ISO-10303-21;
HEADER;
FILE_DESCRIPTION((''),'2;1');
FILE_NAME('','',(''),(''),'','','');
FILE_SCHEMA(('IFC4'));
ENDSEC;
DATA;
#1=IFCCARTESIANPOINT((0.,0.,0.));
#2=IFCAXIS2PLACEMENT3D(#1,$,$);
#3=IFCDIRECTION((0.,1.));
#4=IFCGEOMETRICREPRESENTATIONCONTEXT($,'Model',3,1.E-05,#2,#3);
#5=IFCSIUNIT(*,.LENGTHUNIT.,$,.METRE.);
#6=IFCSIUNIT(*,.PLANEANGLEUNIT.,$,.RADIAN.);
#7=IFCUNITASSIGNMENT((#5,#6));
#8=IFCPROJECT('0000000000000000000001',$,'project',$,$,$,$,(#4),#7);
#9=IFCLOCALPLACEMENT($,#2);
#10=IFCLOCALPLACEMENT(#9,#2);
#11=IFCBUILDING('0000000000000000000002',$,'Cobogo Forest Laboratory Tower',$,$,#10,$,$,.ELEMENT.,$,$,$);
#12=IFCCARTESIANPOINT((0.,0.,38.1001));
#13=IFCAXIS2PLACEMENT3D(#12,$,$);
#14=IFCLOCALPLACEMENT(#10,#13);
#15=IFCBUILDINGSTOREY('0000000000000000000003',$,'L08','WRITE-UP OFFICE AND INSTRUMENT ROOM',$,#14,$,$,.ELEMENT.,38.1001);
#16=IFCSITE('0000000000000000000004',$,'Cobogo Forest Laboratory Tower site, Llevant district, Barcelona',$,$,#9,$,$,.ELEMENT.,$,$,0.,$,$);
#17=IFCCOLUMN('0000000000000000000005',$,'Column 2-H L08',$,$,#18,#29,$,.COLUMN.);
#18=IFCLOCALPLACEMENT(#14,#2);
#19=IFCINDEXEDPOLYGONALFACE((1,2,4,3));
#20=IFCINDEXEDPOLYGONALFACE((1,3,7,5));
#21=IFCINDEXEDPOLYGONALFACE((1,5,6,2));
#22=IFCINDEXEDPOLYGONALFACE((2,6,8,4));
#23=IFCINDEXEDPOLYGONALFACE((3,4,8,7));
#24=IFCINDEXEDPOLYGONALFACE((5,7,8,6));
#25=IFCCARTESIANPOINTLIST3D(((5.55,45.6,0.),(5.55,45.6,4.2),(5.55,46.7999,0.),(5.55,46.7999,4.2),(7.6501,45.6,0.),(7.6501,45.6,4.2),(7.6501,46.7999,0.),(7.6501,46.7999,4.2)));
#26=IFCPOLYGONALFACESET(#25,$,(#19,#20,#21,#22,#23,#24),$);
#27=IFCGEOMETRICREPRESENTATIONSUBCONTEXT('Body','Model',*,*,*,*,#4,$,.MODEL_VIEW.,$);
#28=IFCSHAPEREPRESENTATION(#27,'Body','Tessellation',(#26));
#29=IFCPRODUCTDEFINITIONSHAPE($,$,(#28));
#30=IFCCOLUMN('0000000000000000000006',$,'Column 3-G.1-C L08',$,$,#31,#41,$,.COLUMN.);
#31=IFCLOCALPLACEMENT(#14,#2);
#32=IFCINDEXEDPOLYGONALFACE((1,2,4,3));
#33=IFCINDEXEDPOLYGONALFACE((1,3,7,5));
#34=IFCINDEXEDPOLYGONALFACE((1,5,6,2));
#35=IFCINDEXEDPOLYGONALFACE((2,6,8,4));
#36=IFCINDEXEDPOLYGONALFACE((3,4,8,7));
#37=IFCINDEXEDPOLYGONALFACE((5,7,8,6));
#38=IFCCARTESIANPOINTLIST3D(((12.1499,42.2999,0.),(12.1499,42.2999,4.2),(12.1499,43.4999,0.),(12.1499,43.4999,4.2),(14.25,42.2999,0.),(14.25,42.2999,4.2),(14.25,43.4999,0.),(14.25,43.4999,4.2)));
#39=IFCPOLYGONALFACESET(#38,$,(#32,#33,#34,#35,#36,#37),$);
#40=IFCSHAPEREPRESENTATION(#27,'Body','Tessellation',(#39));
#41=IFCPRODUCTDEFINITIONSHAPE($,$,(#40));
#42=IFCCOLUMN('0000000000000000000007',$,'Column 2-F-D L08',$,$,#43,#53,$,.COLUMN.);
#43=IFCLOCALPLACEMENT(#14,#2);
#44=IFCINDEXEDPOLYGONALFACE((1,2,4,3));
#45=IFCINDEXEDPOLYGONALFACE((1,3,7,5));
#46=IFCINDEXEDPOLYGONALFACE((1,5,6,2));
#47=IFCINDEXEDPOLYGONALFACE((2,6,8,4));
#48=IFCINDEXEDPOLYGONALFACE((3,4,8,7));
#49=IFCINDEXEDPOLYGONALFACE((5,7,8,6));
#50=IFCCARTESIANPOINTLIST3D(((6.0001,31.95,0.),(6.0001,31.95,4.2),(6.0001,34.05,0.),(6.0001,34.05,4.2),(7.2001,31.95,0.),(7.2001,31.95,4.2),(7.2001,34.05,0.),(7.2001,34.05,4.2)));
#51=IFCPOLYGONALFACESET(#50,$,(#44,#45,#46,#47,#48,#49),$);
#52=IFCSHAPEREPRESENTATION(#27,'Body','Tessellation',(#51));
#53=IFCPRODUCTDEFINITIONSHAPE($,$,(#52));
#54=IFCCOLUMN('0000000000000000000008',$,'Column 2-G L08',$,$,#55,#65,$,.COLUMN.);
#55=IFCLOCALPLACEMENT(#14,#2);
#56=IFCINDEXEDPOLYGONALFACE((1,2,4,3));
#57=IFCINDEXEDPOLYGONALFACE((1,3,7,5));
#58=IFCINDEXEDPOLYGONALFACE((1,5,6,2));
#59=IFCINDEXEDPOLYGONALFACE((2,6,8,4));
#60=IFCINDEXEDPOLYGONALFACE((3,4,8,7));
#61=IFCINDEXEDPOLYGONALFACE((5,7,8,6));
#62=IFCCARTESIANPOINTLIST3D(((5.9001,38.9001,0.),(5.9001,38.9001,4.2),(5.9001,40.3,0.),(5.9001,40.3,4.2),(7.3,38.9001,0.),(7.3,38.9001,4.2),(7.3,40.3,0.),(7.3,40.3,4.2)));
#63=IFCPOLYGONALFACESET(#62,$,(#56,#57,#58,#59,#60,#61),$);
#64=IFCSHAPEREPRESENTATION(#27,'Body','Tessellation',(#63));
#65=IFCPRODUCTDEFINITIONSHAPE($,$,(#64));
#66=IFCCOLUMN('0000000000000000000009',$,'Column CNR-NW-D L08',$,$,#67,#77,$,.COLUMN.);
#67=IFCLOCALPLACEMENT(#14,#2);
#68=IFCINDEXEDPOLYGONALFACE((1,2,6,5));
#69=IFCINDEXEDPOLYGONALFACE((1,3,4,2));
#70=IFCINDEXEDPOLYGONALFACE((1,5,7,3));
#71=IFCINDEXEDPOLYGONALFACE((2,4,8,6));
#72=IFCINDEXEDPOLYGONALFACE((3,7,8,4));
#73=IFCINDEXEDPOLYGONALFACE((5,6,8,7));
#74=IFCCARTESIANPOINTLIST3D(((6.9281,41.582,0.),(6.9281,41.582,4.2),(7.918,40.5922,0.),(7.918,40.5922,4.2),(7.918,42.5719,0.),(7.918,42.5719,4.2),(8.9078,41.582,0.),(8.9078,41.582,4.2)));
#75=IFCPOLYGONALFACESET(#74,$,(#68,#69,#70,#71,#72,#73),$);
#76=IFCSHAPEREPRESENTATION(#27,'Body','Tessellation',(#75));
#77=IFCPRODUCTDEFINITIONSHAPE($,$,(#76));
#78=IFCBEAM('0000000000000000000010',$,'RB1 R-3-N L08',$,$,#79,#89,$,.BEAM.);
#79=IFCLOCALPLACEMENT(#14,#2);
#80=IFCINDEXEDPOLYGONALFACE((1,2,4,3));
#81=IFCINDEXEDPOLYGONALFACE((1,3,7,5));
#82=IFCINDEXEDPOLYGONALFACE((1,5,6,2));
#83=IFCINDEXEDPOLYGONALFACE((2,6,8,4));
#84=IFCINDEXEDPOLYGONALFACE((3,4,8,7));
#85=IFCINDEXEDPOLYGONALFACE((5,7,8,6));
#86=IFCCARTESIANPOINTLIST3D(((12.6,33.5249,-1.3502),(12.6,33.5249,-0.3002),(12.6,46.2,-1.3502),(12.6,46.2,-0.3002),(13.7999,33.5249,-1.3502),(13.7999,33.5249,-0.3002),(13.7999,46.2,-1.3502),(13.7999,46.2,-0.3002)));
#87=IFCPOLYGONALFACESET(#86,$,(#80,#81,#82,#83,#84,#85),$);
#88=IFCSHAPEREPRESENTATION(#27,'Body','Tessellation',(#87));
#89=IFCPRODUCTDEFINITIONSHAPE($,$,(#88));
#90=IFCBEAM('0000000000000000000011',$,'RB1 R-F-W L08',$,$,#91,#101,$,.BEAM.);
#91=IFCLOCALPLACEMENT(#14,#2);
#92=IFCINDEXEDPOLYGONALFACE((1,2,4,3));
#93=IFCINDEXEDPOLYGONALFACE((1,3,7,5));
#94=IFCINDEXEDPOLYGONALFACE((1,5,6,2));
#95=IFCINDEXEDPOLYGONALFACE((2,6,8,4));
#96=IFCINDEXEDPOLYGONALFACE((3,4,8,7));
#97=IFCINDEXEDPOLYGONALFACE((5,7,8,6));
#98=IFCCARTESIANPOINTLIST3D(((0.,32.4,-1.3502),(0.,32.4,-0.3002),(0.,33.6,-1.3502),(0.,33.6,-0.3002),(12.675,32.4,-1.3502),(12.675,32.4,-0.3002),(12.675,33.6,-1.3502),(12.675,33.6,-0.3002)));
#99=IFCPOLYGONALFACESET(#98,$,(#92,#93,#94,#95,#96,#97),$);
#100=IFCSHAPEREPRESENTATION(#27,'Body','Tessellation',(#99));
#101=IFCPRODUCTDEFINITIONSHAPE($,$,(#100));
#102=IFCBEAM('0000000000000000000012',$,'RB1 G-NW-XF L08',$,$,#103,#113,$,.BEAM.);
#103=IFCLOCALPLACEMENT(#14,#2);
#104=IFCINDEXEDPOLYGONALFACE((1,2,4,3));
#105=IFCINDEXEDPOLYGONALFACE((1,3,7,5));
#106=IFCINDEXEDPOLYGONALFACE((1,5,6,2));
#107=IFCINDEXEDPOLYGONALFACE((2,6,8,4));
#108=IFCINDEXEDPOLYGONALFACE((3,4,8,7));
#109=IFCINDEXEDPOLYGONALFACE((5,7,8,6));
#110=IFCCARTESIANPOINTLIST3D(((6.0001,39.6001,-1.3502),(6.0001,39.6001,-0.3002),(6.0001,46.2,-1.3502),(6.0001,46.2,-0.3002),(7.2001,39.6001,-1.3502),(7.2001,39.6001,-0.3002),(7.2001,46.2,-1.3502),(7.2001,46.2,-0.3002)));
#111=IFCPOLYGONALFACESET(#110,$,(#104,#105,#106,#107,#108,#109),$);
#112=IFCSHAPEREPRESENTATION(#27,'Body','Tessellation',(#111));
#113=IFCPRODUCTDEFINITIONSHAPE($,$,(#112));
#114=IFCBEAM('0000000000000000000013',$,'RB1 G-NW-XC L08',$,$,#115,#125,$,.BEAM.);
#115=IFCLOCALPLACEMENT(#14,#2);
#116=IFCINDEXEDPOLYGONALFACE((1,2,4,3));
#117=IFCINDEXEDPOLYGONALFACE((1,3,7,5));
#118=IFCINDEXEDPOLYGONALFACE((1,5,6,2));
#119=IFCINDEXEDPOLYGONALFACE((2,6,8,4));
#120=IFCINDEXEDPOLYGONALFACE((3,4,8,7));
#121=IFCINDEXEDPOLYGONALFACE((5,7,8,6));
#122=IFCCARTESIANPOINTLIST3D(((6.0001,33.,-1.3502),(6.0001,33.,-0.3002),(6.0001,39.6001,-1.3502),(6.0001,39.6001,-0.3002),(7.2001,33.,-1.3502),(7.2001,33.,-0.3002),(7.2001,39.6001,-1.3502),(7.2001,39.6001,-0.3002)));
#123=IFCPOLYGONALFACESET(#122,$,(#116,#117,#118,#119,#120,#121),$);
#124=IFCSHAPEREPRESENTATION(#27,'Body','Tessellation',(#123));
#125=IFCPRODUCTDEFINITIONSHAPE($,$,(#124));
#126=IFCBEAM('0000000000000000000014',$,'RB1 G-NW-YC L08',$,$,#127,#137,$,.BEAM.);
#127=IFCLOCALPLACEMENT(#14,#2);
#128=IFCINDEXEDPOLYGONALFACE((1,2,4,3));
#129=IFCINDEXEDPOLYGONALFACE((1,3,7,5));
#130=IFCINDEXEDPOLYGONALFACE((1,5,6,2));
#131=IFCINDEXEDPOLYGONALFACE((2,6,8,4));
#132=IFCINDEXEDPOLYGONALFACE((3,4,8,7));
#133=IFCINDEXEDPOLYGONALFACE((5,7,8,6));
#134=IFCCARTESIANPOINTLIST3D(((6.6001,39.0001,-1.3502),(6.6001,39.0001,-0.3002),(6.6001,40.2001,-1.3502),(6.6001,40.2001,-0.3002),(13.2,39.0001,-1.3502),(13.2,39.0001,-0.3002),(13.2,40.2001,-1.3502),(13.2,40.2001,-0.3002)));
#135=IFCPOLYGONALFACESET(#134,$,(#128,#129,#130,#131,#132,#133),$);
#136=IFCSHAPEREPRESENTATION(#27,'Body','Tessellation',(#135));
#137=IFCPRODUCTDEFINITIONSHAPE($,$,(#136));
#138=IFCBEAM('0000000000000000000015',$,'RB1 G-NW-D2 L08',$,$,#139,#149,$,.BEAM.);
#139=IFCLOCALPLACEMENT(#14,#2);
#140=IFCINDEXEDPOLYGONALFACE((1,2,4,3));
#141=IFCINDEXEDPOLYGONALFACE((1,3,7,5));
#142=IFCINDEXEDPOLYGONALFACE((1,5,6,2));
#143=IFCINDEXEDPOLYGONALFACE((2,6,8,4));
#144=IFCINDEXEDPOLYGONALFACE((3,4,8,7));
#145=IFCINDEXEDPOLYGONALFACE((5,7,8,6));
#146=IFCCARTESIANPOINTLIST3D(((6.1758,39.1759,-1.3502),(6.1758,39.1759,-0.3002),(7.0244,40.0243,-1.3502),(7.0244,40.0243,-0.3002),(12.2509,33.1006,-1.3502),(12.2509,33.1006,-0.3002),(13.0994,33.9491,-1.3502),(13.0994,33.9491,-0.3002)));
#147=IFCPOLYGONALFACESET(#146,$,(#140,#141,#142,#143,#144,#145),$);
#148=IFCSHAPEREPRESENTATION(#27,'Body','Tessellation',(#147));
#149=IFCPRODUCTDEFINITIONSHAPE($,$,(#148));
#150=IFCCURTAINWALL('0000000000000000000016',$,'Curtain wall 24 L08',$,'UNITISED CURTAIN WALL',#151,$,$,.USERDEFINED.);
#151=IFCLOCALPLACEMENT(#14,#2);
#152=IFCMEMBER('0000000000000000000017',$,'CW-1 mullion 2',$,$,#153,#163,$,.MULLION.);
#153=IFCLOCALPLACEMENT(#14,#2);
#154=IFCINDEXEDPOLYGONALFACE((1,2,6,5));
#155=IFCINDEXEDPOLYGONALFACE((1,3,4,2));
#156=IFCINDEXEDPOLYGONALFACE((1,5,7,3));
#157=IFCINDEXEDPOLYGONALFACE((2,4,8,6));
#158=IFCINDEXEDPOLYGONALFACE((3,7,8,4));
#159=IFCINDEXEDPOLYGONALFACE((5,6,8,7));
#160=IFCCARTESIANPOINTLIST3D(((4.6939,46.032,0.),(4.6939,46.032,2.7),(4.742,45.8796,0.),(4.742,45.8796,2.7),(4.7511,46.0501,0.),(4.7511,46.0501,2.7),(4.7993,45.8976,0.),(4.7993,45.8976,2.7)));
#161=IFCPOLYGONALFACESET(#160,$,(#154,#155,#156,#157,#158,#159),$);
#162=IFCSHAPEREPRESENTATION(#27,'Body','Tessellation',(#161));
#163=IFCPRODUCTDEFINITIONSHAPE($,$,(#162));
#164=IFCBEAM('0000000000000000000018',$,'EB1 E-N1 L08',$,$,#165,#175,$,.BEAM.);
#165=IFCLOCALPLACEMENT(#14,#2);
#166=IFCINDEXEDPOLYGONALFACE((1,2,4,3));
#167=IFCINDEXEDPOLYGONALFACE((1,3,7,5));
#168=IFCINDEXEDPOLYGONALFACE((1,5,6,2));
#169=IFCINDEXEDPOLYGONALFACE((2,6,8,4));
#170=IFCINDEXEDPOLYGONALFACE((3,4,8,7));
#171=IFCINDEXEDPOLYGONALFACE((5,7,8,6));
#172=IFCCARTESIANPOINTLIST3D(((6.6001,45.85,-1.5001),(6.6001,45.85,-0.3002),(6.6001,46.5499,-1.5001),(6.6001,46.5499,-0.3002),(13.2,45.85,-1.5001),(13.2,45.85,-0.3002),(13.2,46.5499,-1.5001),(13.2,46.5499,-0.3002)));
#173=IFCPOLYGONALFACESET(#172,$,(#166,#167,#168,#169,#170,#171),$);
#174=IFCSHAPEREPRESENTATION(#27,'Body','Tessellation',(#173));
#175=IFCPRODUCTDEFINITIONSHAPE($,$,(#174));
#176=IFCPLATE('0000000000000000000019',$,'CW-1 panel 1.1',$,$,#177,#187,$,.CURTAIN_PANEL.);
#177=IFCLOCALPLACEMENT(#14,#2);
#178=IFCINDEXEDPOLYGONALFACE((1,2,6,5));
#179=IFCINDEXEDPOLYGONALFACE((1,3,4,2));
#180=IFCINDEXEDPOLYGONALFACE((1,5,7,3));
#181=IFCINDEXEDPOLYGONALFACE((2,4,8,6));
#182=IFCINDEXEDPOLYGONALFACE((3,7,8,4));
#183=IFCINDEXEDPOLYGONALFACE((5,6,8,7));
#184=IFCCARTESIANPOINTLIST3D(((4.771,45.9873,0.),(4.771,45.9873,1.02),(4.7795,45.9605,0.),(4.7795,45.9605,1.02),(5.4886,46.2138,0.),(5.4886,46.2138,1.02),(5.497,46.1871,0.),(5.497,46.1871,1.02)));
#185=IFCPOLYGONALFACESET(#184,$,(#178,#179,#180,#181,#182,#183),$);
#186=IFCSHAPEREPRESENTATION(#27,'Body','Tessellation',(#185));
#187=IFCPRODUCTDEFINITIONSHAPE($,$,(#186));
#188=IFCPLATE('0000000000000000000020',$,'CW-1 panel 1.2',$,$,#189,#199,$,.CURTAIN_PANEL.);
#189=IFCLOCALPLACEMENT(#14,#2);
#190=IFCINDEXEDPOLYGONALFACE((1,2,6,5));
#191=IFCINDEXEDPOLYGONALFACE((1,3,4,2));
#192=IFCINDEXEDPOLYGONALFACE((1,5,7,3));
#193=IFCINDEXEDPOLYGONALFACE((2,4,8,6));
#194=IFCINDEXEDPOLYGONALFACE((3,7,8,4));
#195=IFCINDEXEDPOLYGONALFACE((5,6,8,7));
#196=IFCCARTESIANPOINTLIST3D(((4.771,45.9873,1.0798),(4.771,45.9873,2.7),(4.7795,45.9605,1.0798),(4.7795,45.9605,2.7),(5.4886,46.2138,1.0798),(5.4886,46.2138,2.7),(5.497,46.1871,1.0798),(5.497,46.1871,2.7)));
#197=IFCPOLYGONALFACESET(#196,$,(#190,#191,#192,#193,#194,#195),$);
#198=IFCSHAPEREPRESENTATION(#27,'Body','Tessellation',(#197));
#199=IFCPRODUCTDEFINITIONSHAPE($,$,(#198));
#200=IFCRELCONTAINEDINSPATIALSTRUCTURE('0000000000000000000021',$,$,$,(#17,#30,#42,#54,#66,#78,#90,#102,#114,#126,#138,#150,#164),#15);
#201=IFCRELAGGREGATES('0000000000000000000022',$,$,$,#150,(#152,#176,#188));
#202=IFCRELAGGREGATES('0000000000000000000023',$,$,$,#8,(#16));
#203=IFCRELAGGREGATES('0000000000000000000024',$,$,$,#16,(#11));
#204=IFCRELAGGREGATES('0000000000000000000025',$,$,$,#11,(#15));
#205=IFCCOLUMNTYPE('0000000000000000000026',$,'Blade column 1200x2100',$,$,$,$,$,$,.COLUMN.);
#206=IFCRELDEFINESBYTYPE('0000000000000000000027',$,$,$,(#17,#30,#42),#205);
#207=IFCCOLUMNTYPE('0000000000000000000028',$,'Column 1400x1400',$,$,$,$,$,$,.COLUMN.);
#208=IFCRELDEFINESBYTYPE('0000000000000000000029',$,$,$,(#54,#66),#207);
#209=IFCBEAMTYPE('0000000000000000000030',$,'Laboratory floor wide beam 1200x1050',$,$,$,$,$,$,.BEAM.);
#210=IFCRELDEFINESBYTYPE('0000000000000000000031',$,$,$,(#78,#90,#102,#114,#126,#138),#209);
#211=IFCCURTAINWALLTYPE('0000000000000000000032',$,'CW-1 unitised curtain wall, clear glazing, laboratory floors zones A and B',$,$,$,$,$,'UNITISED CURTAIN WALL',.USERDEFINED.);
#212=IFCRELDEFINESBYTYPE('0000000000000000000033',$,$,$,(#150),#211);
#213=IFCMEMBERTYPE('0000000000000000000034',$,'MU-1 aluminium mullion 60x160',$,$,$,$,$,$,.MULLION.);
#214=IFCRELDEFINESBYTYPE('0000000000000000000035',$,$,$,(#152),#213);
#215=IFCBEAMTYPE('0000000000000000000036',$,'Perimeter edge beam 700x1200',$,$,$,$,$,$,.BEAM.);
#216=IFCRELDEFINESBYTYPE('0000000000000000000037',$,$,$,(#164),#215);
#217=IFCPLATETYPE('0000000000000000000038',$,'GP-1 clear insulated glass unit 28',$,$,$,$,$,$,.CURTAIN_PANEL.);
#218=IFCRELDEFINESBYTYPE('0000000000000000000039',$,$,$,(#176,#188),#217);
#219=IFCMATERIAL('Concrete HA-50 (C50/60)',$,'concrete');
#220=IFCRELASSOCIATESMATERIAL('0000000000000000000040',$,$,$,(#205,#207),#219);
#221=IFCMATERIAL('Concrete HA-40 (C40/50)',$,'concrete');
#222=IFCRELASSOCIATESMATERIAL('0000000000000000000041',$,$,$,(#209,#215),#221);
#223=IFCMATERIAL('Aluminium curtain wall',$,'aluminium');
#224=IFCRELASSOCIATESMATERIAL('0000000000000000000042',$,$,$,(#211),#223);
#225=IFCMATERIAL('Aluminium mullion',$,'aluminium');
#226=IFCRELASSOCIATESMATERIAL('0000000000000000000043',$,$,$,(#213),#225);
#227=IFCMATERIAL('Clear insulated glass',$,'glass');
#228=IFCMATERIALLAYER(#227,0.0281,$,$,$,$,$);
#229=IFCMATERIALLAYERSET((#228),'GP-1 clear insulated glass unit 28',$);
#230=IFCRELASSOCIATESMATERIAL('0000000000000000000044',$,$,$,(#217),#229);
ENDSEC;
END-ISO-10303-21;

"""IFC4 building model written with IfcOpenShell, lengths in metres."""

from ifc_helpers import new_model, si_unit, direction, frame, origin, origin_2d, place, context, subcontext, project, spatial, rectangle, extrude, material, layer, layer_set, material_profile, profile_set, type_object, element, aggregate, save


model = new_model("IFC4")

# Units and contexts
model_context = context("Model", 3, precision=1e-05, world=origin(), true_north=direction((0.0, 1.0)))
body_context = subcontext(model_context, "Body", "Model", "MODEL_VIEW")
ifc_project = project(units=[si_unit("LENGTHUNIT", "METRE"), si_unit("PLANEANGLEUNIT", "RADIAN")], contexts=[model_context])

# Site, building, storey
site_placement = place(None, origin())
site = spatial("IfcSite", under=ifc_project, at=site_placement, Name="Cobogo Forest Laboratory Tower site, Llevant district, Barcelona", CompositionType="ELEMENT", RefElevation=0.0)
building_placement = place(site_placement, origin())
building = spatial("IfcBuilding", under=site, at=building_placement, Name="Cobogo Forest Laboratory Tower", CompositionType="ELEMENT")
storey_placement = place(building_placement, frame((0.0, 0.0, 38.1001)))
storey = spatial("IfcBuildingStorey", under=building, at=storey_placement, Name="L08", Description="WRITE-UP OFFICE AND INSTRUMENT ROOM", CompositionType="ELEMENT", Elevation=38.1001)

# Columns
ifc_material_1 = material(Name="Concrete HA-50 (C50/60)", Category="concrete")
ifc_material_profile_1 = material_profile(ifc_material_1, rectangle(XDim=2.1001, YDim=1.2, at=origin_2d()), Name="RC 1200x2100")
ifc_profile_set_1 = profile_set([ifc_material_profile_1], Name="Concrete HA-50 (C50/60)")
column_type_1 = type_object("IfcColumnType", Name="Blade column 1200x2100", PredefinedType="COLUMN", material=ifc_profile_set_1)
for number, where, z_axis, x_axis, name in (
    (1, (6.6001, 46.2, 0.0), (0.0, 0.0, 1.0), (1.0, 0.0, 0.0), "Column 2-H L08"),
    (2, (13.2, 42.8999, 0.0), (0.0, 0.0, 1.0), (1.0, 0.0, 0.0), "Column 3-G.1-C L08"),
    (3, (6.6001, 33.0, 0.0), (0.0, 0.0, 1.0), (0.0, 1.0, 0.0), "Column 2-F-D L08"),
):
    element("IfcColumn", number, at=place(storey_placement, frame(where, z_axis=z_axis, x_axis=x_axis)), inside=storey, type_object=column_type_1, Name=name, PredefinedType="COLUMN", context=body_context, shape_type="SweptSolid", body=[
        extrude(rectangle(XDim=2.1001, YDim=1.2, at=origin_2d()), origin(), (0.0, 0.0, 1.0), 4.2),
    ])
ifc_material_profile_2 = material_profile(ifc_material_1, rectangle(XDim=1.3999, YDim=1.3999, at=origin_2d()), Name="RC 1400x1400")
ifc_profile_set_2 = profile_set([ifc_material_profile_2], Name="Concrete HA-50 (C50/60)")
column_type_2 = type_object("IfcColumnType", Name="Column 1400x1400", PredefinedType="COLUMN", material=ifc_profile_set_2)
for number, where, z_axis, x_axis, name in (
    (4, (6.6001, 39.6001, 0.0), (0.0, 0.0, 1.0), (1.0, 0.0, 0.0), "Column 2-G L08"),
    (5, (7.918, 41.582, 0.0), (0.0, 0.0, 1.0), (0.707107, 0.707107, 0.0), "Column CNR-NW-D L08"),
):
    element("IfcColumn", number, at=place(storey_placement, frame(where, z_axis=z_axis, x_axis=x_axis)), inside=storey, type_object=column_type_2, Name=name, PredefinedType="COLUMN", context=body_context, shape_type="SweptSolid", body=[
        extrude(rectangle(XDim=1.3999, YDim=1.3999, at=origin_2d()), origin(), (0.0, 0.0, 1.0), 4.2),
    ])

# Beams
ifc_material_2 = material(Name="Concrete HA-40 (C40/50)", Category="concrete")
ifc_material_profile_3 = material_profile(ifc_material_2, rectangle(XDim=1.2, YDim=1.05, at=origin_2d()), Name="RC 1200x1050")
ifc_profile_set_3 = profile_set([ifc_material_profile_3], Name="Concrete HA-40 (C40/50)")
beam_type_1 = type_object("IfcBeamType", Name="Laboratory floor wide beam 1200x1050", PredefinedType="BEAM", material=ifc_profile_set_3)
for number, where, z_axis, x_axis, name in (
    (6, (13.2, 33.5249, -0.8252), (0.0, 1.0, 0.0), (-1.0, 0.0, 0.0), "RB1 R-3-N L08"),
    (7, (12.675, 33.0, -0.8252), (-1.0, 0.0, 0.0), (0.0, -1.0, 0.0), "RB1 R-F-W L08"),
):
    element("IfcBeam", number, at=place(storey_placement, frame(where, z_axis=z_axis, x_axis=x_axis)), inside=storey, type_object=beam_type_1, Name=name, PredefinedType="BEAM", context=body_context, shape_type="SweptSolid", body=[
        extrude(rectangle(XDim=1.2, YDim=1.05, at=origin_2d()), origin(), (0.0, 0.0, 1.0), 12.675),
    ])
beam_1_placement = place(storey_placement, frame((6.6001, 46.2, -0.8252), z_axis=(0.0, -1.0, 0.0), x_axis=(1.0, 0.0, 0.0)))
element("IfcBeam", 8, at=beam_1_placement, inside=storey, type_object=beam_type_1, Name="RB1 G-NW-XF L08", PredefinedType="BEAM", context=body_context, shape_type="SweptSolid", body=[
    extrude(rectangle(XDim=1.2, YDim=1.05, at=origin_2d()), origin(), (0.0, 0.0, 1.0), 6.5999),
])
beam_2_placement = place(storey_placement, frame((6.6001, 39.6001, -0.8252), z_axis=(0.0, -1.0, 0.0), x_axis=(1.0, 0.0, 0.0)))
element("IfcBeam", 9, at=beam_2_placement, inside=storey, type_object=beam_type_1, Name="RB1 G-NW-XC L08", PredefinedType="BEAM", context=body_context, shape_type="SweptSolid", body=[
    extrude(rectangle(XDim=1.2, YDim=1.05, at=origin_2d()), origin(), (0.0, 0.0, 1.0), 6.6001),
])
beam_3_placement = place(storey_placement, frame((6.6001, 39.6001, -0.8252), z_axis=(1.0, 0.0, 0.0), x_axis=(0.0, 1.0, 0.0)))
element("IfcBeam", 10, at=beam_3_placement, inside=storey, type_object=beam_type_1, Name="RB1 G-NW-YC L08", PredefinedType="BEAM", context=body_context, shape_type="SweptSolid", body=[
    extrude(rectangle(XDim=1.2, YDim=1.05, at=origin_2d()), origin(), (0.0, 0.0, 1.0), 6.5999),
])
beam_4_placement = place(storey_placement, frame((6.6001, 39.6001, -0.8252), z_axis=(0.707093, -0.707121, 0.0), x_axis=(0.707121, 0.707093, 0.0)))
element("IfcBeam", 11, at=beam_4_placement, inside=storey, type_object=beam_type_1, Name="RB1 G-NW-D2 L08", PredefinedType="BEAM", context=body_context, shape_type="SweptSolid", body=[
    extrude(rectangle(XDim=1.2, YDim=1.05, at=origin_2d()), origin(), (0.0, 0.0, 1.0), 8.5916),
])

# Curtain wall, member
ifc_material_3 = material(Name="Aluminium curtain wall", Category="aluminium")
curtain_wall_type = type_object("IfcCurtainWallType", Name="CW-1 unitised curtain wall, clear glazing, laboratory floors zones A and B", ElementType="UNITISED CURTAIN WALL", PredefinedType="USERDEFINED", material=ifc_material_3)
curtain_wall_placement = place(storey_placement, origin())
curtain_wall = element("IfcCurtainWall", 12, at=curtain_wall_placement, inside=storey, type_object=curtain_wall_type, Name="Curtain wall 24 L08", ObjectType="UNITISED CURTAIN WALL", PredefinedType="USERDEFINED")
ifc_material_4 = material(Name="Aluminium mullion", Category="aluminium")
ifc_material_profile_4 = material_profile(ifc_material_4, rectangle(XDim=0.0601, YDim=0.1599, at=origin_2d()), Name="AL 60x160")
ifc_profile_set_4 = profile_set([ifc_material_profile_4], Name="Aluminium mullion")
member_type = type_object("IfcMemberType", Name="MU-1 aluminium mullion 60x160", PredefinedType="MULLION", material=ifc_profile_set_4)
member_placement = place(storey_placement, frame((4.7466, 45.9648, 0.0), z_axis=(0.0, 0.0, 1.0), x_axis=(-0.953582, -0.301135, 0.0)))
member = element("IfcMember", 13, at=member_placement, type_object=member_type, Name="CW-1 mullion 2", PredefinedType="MULLION", context=body_context, shape_type="SweptSolid", body=[
    extrude(rectangle(XDim=0.0601, YDim=0.1599, at=origin_2d()), origin(), (0.0, 0.0, 1.0), 2.7),
])

# Beam
ifc_material_profile_5 = material_profile(ifc_material_2, rectangle(XDim=0.7, YDim=1.2, at=origin_2d()), Name="RC 700x1200")
ifc_profile_set_5 = profile_set([ifc_material_profile_5], Name="Concrete HA-40 (C40/50)")
beam_type_2 = type_object("IfcBeamType", Name="Perimeter edge beam 700x1200", PredefinedType="BEAM", material=ifc_profile_set_5)
beam_5_placement = place(storey_placement, frame((6.6001, 46.2, -0.9001), z_axis=(1.0, 0.0, 0.0), x_axis=(0.0, 1.0, 0.0)))
element("IfcBeam", 14, at=beam_5_placement, inside=storey, type_object=beam_type_2, Name="EB1 E-N1 L08", PredefinedType="BEAM", context=body_context, shape_type="SweptSolid", body=[
    extrude(rectangle(XDim=0.7, YDim=1.2, at=origin_2d()), origin(), (0.0, 0.0, 1.0), 6.5999),
])

# Plates
ifc_material_5 = material(Name="Clear insulated glass", Category="glass")
ifc_layer_1 = layer(ifc_material_5, 0.0281)
ifc_layer_set_1 = layer_set([ifc_layer_1], Name="GP-1 clear insulated glass unit 28")
plate_type = type_object("IfcPlateType", Name="GP-1 clear insulated glass unit 28", PredefinedType="CURTAIN_PANEL", material=ifc_layer_set_1)
plate_1_placement = place(storey_placement, frame((5.134, 46.0872, 0.0), z_axis=(0.0, 0.0, 1.0), x_axis=(-0.953582, -0.301135, 0.0)))
plate_1 = element("IfcPlate", 15, at=plate_1_placement, type_object=plate_type, Name="CW-1 panel 1.1", PredefinedType="CURTAIN_PANEL", context=body_context, shape_type="SweptSolid", body=[
    extrude(rectangle(XDim=0.7524, YDim=0.0281, at=origin_2d()), origin(), (0.0, 0.0, 1.0), 1.02),
])
plate_2_placement = place(storey_placement, frame((5.134, 46.0872, 1.0798), z_axis=(0.0, 0.0, 1.0), x_axis=(-0.953582, -0.301135, 0.0)))
plate_2 = element("IfcPlate", 16, at=plate_2_placement, type_object=plate_type, Name="CW-1 panel 1.2", PredefinedType="CURTAIN_PANEL", context=body_context, shape_type="SweptSolid", body=[
    extrude(rectangle(XDim=0.7524, YDim=0.0281, at=origin_2d()), origin(), (0.0, 0.0, 1.0), 1.6201),
])
aggregate(curtain_wall, [member, plate_1, plate_2])

save(model, "model.ifc")
